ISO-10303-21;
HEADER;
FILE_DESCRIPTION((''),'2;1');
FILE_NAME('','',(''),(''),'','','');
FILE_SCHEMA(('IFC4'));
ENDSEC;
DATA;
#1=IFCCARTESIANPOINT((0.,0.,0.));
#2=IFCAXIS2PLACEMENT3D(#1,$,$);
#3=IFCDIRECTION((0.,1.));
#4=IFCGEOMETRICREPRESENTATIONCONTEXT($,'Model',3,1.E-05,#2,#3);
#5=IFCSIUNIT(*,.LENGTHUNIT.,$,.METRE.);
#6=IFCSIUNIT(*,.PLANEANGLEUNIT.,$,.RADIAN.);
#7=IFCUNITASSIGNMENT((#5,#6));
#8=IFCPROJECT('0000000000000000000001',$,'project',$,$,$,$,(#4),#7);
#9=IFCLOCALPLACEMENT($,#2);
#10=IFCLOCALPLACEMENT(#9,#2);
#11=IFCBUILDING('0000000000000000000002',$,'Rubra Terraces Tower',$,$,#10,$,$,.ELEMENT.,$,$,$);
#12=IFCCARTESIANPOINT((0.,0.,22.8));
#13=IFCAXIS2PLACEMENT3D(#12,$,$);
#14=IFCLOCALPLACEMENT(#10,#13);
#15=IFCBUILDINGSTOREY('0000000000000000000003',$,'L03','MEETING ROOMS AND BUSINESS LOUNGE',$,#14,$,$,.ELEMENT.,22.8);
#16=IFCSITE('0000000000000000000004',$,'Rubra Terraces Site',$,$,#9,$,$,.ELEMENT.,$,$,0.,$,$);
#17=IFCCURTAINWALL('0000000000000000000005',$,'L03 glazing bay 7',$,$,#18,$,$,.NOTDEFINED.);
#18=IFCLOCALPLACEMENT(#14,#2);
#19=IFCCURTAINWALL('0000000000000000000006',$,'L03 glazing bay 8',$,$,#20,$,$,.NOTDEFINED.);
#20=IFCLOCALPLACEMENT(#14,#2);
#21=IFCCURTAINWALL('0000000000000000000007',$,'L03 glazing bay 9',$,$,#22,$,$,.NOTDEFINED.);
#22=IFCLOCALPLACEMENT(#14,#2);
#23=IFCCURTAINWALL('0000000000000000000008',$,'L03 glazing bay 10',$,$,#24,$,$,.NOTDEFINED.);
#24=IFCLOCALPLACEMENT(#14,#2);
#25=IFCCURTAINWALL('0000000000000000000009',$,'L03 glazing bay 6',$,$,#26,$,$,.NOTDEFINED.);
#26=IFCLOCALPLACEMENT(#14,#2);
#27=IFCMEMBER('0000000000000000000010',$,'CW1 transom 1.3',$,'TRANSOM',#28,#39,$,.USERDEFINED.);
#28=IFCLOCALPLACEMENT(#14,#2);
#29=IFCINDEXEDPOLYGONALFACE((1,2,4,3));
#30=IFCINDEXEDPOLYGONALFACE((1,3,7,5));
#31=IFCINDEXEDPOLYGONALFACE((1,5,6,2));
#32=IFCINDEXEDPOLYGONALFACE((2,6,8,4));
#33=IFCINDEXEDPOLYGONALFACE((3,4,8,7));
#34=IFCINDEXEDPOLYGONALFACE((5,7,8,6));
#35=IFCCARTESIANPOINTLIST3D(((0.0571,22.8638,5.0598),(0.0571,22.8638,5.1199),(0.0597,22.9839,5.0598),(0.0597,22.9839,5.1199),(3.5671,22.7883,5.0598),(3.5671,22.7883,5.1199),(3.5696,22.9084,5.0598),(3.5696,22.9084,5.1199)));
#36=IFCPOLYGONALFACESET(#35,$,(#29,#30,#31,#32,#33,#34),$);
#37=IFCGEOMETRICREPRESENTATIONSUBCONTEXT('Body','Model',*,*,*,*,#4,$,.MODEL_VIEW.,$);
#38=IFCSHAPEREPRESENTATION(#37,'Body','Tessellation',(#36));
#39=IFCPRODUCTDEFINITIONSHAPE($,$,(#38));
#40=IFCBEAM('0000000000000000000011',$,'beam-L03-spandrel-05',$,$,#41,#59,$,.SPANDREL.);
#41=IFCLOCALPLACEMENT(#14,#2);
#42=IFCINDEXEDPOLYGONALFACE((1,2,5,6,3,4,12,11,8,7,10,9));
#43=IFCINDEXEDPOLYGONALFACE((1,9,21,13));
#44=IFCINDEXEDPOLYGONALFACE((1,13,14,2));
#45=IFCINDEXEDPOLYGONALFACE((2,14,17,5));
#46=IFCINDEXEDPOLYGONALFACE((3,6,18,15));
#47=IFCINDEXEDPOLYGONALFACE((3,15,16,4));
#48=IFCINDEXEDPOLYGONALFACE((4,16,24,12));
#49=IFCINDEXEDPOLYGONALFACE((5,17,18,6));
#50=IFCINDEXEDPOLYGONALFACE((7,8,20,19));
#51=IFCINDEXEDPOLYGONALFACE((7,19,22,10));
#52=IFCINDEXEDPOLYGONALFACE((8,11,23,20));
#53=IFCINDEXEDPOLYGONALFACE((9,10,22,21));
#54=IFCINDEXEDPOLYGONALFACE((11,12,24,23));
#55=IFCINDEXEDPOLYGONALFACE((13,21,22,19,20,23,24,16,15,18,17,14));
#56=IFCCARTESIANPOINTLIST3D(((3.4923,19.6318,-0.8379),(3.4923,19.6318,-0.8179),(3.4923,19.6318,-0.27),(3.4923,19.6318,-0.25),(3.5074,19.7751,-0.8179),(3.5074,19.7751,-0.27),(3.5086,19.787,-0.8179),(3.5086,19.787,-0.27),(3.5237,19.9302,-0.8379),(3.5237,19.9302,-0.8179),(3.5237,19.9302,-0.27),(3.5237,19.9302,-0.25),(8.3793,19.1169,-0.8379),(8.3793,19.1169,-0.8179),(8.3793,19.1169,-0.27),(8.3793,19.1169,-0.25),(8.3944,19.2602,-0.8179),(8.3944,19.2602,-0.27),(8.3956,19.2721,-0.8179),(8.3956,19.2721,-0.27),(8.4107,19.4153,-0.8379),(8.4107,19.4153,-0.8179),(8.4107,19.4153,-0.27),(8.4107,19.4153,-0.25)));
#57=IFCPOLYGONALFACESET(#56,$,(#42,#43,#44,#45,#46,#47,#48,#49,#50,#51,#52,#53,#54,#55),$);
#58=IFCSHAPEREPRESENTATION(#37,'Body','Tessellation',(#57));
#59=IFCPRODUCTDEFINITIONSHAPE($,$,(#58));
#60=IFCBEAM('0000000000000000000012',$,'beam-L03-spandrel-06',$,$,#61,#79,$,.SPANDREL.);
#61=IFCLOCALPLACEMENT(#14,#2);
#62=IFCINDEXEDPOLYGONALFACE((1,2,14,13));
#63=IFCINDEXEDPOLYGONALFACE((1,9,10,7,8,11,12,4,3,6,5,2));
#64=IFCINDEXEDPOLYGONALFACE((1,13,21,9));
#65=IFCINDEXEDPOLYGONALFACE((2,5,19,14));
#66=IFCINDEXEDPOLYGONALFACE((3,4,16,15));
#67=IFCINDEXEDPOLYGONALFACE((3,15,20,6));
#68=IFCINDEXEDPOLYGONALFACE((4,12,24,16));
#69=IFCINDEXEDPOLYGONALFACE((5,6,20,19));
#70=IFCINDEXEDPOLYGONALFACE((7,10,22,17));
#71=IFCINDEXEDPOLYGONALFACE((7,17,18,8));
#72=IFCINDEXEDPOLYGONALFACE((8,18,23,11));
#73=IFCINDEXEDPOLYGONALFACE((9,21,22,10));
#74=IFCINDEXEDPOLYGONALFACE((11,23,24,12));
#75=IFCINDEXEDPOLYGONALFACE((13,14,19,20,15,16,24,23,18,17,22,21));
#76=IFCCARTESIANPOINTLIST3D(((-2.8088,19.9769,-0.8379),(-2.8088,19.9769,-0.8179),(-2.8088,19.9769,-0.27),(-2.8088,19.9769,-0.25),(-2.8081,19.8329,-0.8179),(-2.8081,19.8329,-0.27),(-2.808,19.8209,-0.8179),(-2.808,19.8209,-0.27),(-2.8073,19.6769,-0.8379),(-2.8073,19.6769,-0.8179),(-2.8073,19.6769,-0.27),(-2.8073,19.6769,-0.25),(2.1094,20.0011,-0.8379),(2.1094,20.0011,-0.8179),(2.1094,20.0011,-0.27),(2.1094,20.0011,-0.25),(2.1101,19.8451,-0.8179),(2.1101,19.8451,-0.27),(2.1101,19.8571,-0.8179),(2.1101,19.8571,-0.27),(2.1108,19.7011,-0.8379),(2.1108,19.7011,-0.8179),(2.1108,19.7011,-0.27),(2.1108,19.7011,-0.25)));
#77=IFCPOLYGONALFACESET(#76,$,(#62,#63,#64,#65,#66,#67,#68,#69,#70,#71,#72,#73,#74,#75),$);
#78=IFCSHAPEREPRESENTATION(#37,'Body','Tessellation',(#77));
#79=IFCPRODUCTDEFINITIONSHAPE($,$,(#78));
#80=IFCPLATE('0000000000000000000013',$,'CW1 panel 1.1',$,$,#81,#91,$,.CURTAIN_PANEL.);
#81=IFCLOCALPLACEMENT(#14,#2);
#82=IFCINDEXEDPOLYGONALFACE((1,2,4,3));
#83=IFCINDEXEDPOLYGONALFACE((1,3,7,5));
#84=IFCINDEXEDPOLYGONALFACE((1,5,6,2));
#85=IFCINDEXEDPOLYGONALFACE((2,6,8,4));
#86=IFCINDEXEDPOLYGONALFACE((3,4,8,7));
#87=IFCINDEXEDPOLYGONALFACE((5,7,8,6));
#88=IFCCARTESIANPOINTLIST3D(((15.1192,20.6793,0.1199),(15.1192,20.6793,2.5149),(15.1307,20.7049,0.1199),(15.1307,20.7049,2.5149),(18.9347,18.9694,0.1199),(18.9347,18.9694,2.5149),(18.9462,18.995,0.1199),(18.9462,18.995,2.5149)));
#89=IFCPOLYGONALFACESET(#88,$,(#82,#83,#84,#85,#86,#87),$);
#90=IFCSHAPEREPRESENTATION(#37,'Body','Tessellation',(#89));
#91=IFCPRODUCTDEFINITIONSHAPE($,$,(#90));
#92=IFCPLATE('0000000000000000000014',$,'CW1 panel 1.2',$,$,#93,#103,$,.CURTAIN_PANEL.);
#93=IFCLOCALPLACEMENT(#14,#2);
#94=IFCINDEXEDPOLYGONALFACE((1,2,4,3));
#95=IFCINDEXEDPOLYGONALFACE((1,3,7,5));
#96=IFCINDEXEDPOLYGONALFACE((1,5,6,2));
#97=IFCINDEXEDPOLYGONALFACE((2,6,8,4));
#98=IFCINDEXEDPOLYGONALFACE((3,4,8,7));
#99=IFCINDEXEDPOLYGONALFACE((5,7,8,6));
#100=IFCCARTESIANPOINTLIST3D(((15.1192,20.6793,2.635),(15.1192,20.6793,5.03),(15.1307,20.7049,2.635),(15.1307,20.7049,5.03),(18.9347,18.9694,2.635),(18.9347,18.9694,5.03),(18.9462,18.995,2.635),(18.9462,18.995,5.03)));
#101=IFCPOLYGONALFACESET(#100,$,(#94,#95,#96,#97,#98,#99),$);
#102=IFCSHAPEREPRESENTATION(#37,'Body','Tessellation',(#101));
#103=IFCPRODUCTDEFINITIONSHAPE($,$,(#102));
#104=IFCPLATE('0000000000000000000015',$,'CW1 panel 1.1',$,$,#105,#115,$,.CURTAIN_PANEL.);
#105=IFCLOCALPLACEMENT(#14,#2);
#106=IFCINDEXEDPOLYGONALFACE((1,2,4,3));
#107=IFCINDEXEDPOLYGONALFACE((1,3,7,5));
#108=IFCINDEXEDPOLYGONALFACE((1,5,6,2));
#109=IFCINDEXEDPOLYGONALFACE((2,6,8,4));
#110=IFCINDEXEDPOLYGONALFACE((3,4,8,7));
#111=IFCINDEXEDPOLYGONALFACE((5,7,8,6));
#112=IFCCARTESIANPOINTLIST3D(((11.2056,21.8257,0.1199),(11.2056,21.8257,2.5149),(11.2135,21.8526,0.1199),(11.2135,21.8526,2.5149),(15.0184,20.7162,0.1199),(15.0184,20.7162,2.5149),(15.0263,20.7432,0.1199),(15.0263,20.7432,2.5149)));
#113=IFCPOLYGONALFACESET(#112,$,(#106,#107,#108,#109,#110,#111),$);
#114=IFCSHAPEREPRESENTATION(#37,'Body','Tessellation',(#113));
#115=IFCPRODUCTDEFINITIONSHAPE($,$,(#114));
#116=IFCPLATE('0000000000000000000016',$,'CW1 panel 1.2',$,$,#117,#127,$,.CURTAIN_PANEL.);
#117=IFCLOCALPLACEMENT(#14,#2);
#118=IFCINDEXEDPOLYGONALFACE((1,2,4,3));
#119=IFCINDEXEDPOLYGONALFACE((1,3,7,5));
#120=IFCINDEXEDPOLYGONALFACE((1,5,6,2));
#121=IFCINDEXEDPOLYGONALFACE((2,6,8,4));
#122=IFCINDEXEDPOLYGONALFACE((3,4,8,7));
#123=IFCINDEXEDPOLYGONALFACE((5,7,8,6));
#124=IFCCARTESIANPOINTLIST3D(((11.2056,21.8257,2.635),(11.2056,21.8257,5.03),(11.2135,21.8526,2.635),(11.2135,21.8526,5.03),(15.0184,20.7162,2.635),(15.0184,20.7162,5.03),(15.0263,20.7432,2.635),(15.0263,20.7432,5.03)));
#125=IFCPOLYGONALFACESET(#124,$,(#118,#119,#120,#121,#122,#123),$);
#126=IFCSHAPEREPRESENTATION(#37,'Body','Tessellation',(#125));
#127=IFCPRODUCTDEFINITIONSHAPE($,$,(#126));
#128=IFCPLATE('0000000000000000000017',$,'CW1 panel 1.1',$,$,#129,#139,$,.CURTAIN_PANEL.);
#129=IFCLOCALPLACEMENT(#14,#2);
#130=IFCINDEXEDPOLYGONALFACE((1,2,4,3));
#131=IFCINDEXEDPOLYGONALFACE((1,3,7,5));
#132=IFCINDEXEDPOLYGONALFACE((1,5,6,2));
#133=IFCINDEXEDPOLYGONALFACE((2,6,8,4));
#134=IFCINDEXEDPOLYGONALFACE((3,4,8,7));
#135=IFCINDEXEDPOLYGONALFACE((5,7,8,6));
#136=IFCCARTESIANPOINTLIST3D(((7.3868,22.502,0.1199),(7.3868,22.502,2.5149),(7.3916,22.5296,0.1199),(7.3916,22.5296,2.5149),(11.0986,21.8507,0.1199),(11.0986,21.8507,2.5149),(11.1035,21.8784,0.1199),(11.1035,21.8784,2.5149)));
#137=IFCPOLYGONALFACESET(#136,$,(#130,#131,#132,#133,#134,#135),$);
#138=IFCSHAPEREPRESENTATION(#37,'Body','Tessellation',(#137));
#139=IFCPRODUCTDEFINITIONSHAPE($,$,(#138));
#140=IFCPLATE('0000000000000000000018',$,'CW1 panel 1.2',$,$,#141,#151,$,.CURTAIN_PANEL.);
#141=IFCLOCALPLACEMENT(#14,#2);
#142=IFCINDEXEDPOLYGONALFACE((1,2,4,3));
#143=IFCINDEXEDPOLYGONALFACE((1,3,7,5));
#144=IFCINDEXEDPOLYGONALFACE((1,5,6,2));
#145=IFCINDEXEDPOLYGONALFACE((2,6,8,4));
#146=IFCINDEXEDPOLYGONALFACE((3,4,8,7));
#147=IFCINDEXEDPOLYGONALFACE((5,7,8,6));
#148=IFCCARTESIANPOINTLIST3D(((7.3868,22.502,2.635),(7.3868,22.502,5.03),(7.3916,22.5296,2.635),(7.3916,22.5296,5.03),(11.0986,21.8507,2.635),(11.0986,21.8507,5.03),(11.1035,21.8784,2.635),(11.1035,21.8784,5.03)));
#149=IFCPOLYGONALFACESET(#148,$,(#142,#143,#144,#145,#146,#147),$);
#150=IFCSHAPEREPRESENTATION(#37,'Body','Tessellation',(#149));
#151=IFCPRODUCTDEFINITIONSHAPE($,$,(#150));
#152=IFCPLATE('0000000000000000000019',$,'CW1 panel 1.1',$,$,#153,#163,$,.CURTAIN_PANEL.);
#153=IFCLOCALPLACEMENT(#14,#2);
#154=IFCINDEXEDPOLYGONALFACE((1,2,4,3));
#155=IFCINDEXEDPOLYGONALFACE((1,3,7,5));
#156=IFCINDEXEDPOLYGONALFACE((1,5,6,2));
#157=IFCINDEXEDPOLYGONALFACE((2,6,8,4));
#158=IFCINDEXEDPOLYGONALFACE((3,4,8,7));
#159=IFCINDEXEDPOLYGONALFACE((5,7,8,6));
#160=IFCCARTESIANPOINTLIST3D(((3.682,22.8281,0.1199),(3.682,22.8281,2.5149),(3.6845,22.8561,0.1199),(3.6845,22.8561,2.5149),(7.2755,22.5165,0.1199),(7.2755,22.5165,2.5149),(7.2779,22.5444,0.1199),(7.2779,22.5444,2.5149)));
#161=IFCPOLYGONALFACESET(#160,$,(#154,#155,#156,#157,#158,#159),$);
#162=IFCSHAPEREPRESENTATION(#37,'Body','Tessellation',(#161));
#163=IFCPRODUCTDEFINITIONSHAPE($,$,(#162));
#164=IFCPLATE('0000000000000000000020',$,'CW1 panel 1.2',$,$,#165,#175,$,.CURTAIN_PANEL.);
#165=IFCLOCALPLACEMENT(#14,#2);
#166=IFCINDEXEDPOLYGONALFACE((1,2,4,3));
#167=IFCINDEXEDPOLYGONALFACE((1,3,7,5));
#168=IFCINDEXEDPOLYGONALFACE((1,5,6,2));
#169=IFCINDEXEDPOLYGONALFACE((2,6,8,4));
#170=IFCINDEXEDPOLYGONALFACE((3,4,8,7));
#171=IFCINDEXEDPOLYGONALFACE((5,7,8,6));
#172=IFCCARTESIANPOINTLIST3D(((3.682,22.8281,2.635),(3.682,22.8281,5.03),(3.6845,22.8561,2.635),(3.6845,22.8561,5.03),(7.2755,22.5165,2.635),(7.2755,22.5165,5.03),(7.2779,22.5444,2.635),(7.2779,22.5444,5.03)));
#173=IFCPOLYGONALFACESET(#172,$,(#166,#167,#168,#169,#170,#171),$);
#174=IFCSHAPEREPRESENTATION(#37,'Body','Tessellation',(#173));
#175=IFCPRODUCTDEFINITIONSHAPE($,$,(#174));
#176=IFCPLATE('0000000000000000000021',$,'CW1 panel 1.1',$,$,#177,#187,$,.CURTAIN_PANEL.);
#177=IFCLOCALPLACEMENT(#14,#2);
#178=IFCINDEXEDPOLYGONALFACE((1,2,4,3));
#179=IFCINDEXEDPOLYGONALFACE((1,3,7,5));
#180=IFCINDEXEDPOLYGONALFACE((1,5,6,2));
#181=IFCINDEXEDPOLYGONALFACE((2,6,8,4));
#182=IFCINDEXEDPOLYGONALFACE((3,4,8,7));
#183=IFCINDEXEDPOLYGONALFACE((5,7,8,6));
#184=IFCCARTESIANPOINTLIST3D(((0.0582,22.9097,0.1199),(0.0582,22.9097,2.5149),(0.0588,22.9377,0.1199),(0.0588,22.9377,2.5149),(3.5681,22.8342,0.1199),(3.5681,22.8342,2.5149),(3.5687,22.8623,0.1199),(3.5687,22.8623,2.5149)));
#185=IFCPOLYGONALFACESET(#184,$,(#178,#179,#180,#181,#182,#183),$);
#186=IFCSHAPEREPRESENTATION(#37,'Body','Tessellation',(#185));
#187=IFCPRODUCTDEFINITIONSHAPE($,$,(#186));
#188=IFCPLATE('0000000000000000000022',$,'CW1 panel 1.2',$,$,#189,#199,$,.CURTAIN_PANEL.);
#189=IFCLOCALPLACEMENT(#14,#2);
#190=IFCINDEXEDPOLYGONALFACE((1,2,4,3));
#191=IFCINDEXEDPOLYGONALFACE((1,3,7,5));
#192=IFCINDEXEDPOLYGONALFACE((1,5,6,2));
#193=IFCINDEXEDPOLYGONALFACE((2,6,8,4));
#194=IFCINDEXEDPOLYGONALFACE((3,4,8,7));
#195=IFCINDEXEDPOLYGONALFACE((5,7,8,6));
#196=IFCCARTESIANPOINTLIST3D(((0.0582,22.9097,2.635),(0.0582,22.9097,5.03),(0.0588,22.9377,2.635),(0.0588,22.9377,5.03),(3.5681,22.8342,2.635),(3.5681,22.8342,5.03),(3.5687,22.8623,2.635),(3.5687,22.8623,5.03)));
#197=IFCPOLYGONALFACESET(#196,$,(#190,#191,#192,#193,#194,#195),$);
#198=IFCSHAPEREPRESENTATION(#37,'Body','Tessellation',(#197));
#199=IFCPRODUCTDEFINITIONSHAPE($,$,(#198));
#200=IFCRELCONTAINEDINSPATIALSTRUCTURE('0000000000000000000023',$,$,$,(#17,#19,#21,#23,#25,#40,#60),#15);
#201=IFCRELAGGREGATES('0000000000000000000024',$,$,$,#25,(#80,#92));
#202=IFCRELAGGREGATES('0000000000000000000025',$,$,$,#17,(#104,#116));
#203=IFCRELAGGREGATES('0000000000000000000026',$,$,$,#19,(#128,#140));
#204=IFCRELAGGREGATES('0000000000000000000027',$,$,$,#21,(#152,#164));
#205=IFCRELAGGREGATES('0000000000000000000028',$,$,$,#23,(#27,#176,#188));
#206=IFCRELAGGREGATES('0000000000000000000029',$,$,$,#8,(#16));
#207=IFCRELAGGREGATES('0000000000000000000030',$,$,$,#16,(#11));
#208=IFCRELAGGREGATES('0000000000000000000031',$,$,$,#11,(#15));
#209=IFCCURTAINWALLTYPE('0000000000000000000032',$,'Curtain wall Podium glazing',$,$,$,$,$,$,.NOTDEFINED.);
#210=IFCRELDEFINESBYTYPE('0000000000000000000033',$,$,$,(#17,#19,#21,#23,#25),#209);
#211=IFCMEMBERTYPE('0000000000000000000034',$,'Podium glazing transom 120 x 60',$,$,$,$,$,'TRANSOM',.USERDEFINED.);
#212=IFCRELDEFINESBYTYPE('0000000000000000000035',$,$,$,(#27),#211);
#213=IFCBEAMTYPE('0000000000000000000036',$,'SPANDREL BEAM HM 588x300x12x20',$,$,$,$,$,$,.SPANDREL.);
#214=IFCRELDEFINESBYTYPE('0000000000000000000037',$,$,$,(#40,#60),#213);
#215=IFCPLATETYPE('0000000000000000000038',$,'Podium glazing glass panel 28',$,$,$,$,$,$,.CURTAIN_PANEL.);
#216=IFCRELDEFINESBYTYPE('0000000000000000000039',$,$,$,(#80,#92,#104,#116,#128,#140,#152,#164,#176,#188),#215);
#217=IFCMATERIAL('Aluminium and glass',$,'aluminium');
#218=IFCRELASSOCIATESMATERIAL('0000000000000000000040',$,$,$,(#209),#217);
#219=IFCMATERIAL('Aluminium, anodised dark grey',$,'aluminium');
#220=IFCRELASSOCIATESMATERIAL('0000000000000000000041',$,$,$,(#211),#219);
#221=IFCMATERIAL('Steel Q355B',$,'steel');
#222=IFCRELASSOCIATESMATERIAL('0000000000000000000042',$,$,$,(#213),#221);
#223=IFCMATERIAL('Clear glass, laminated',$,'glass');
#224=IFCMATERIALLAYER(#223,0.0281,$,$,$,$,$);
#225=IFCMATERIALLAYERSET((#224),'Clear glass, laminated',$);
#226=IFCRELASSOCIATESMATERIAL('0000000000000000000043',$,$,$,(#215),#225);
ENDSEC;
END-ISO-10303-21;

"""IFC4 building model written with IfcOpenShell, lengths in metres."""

from ifc_helpers import new_model, si_unit, direction, frame, origin, origin_2d, place, context, subcontext, project, spatial, rectangle, i_section, extrude, material, layer, layer_set, material_profile, profile_set, type_object, element, aggregate, save


model = new_model("IFC4")

# Units and contexts
model_context = context("Model", 3, precision=1e-05, world=origin(), true_north=direction((0.0, 1.0)))
body_context = subcontext(model_context, "Body", "Model", "MODEL_VIEW")
ifc_project = project(units=[si_unit("LENGTHUNIT", "METRE"), si_unit("PLANEANGLEUNIT", "RADIAN")], contexts=[model_context])

# Site, building, storey
site_placement = place(None, origin())
site = spatial("IfcSite", under=ifc_project, at=site_placement, Name="Rubra Terraces Site", CompositionType="ELEMENT", RefElevation=0.0)
building_placement = place(site_placement, origin())
building = spatial("IfcBuilding", under=site, at=building_placement, Name="Rubra Terraces Tower", CompositionType="ELEMENT")
storey_placement = place(building_placement, frame((0.0, 0.0, 22.8)))
storey = spatial("IfcBuildingStorey", under=building, at=storey_placement, Name="L03", Description="MEETING ROOMS AND BUSINESS LOUNGE", CompositionType="ELEMENT", Elevation=22.8)

# Shared definitions
ifc_material_1 = material(Name="Steel Q355B", Category="steel")

# Curtain walls
ifc_material_2 = material(Name="Aluminium and glass", Category="aluminium")
curtain_wall_type = type_object("IfcCurtainWallType", Name="Curtain wall Podium glazing", PredefinedType="NOTDEFINED", material=ifc_material_2)
curtain_wall_1_placement = place(storey_placement, origin())
curtain_wall_1 = element("IfcCurtainWall", 1, at=curtain_wall_1_placement, inside=storey, type_object=curtain_wall_type, Name="L03 glazing bay 7", PredefinedType="NOTDEFINED")
ifc_material_3 = material(Name="Aluminium, anodised dark grey", Category="aluminium")
curtain_wall_2_placement = place(storey_placement, origin())
curtain_wall_2 = element("IfcCurtainWall", 2, at=curtain_wall_2_placement, inside=storey, type_object=curtain_wall_type, Name="L03 glazing bay 8", PredefinedType="NOTDEFINED")
curtain_wall_3_placement = place(storey_placement, origin())
curtain_wall_3 = element("IfcCurtainWall", 3, at=curtain_wall_3_placement, inside=storey, type_object=curtain_wall_type, Name="L03 glazing bay 9", PredefinedType="NOTDEFINED")
curtain_wall_4_placement = place(storey_placement, origin())
curtain_wall_4 = element("IfcCurtainWall", 4, at=curtain_wall_4_placement, inside=storey, type_object=curtain_wall_type, Name="L03 glazing bay 10", PredefinedType="NOTDEFINED")

# Curtain wall
curtain_wall_5_placement = place(storey_placement, origin())
curtain_wall_5 = element("IfcCurtainWall", 5, at=curtain_wall_5_placement, inside=storey, type_object=curtain_wall_type, Name="L03 glazing bay 6", PredefinedType="NOTDEFINED")
ifc_material_profile_1 = material_profile(ifc_material_3, rectangle(XDim=0.1201, YDim=0.0601, at=origin_2d()), Name="AL 120x60")
ifc_profile_set_1 = profile_set([ifc_material_profile_1], Name="Aluminium, anodised dark grey")
member_type_1 = type_object("IfcMemberType", Name="Podium glazing transom 120 x 60", ElementType="TRANSOM", PredefinedType="USERDEFINED", material=ifc_profile_set_1)

# Member
member_1_placement = place(storey_placement, frame((3.5684, 22.8484, 5.0898), z_axis=(-0.999769, 0.021488, 0.0), x_axis=(-0.021488, -0.999769, 0.0)))
member_1 = element("IfcMember", 6, at=member_1_placement, type_object=member_type_1, Name="CW1 transom 1.3", ObjectType="TRANSOM", PredefinedType="USERDEFINED", context=body_context, shape_type="SweptSolid", body=[
    extrude(rectangle(XDim=0.1201, YDim=0.0601, at=origin_2d()), origin(), (0.0, 0.0, 1.0), 3.5107),
])

# Beams
ifc_material_profile_2 = material_profile(ifc_material_1, i_section(OverallWidth=0.3, OverallDepth=0.5879, WebThickness=0.012, FlangeThickness=0.02, at=origin_2d()), Name="HM 588x300x12x20")
ifc_profile_set_2 = profile_set([ifc_material_profile_2], Name="Steel Q355B")
beam_type_1 = type_object("IfcBeamType", Name="SPANDREL BEAM HM 588x300x12x20", PredefinedType="SPANDREL", material=ifc_profile_set_2)
beam_1_placement = place(storey_placement, frame((8.395, 19.2661, -0.5439), z_axis=(-0.994495, 0.10478, 0.0), x_axis=(-0.10478, -0.994495, 0.0)))
element("IfcBeam", 7, at=beam_1_placement, inside=storey, type_object=beam_type_1, Name="beam-L03-spandrel-05", PredefinedType="SPANDREL", context=body_context, shape_type="SweptSolid", body=[
    extrude(i_section(OverallWidth=0.3, OverallDepth=0.5879, WebThickness=0.012, FlangeThickness=0.02, at=origin_2d()), origin(), (0.0, 0.0, 1.0), 4.9141),
])
beam_2_placement = place(storey_placement, frame((2.1101, 19.8511, -0.5439), z_axis=(-0.999988, -0.004914, 0.0), x_axis=(0.004914, -0.999988, 0.0)))
element("IfcBeam", 8, at=beam_2_placement, inside=storey, type_object=beam_type_1, Name="beam-L03-spandrel-06", PredefinedType="SPANDREL", context=body_context, shape_type="SweptSolid", body=[
    extrude(i_section(OverallWidth=0.3, OverallDepth=0.5879, WebThickness=0.012, FlangeThickness=0.02, at=origin_2d()), origin(), (0.0, 0.0, 1.0), 4.9182),
])

# Plates
ifc_material_4 = material(Name="Clear glass, laminated", Category="glass")
ifc_layer_1 = layer(ifc_material_4, 0.0281)
ifc_layer_set_1 = layer_set([ifc_layer_1], Name="Clear glass, laminated")
plate_type = type_object("IfcPlateType", Name="Podium glazing glass panel 28", PredefinedType="CURTAIN_PANEL", material=ifc_layer_set_1)
plate_1_placement = place(storey_placement, frame((17.0327, 19.8372, 0.1199), z_axis=(0.0, 0.0, 1.0), x_axis=(-0.912551, 0.408962, 0.0)))
plate_1 = element("IfcPlate", 9, at=plate_1_placement, type_object=plate_type, Name="CW1 panel 1.1", PredefinedType="CURTAIN_PANEL", context=body_context, shape_type="SweptSolid", body=[
    extrude(rectangle(XDim=4.1812, YDim=0.0281, at=origin_2d()), origin(), (0.0, 0.0, 1.0), 2.395),
])
plate_2_placement = place(storey_placement, frame((17.0327, 19.8372, 2.635), z_axis=(0.0, 0.0, 1.0), x_axis=(-0.912551, 0.408962, 0.0)))
plate_2 = element("IfcPlate", 10, at=plate_2_placement, type_object=plate_type, Name="CW1 panel 1.2", PredefinedType="CURTAIN_PANEL", context=body_context, shape_type="SweptSolid", body=[
    extrude(rectangle(XDim=4.1812, YDim=0.0281, at=origin_2d()), origin(), (0.0, 0.0, 1.0), 2.395),
])
aggregate(curtain_wall_5, [plate_1, plate_2])
plate_3_placement = place(storey_placement, frame((13.116, 21.2844, 0.1199), z_axis=(0.0, 0.0, 1.0), x_axis=(-0.960175, 0.279399, 0.0)))
plate_3 = element("IfcPlate", 11, at=plate_3_placement, type_object=plate_type, Name="CW1 panel 1.1", PredefinedType="CURTAIN_PANEL", context=body_context, shape_type="SweptSolid", body=[
    extrude(rectangle(XDim=3.9709, YDim=0.0281, at=origin_2d()), origin(), (0.0, 0.0, 1.0), 2.395),
])
plate_4_placement = place(storey_placement, frame((13.116, 21.2844, 2.635), z_axis=(0.0, 0.0, 1.0), x_axis=(-0.960175, 0.279399, 0.0)))
plate_4 = element("IfcPlate", 12, at=plate_4_placement, type_object=plate_type, Name="CW1 panel 1.2", PredefinedType="CURTAIN_PANEL", context=body_context, shape_type="SweptSolid", body=[
    extrude(rectangle(XDim=3.9709, YDim=0.0281, at=origin_2d()), origin(), (0.0, 0.0, 1.0), 2.395),
])
aggregate(curtain_wall_1, [plate_3, plate_4])
plate_5_placement = place(storey_placement, frame((9.2451, 22.1902, 0.1199), z_axis=(0.0, 0.0, 1.0), x_axis=(-0.984954, 0.172817, 0.0)))
plate_5 = element("IfcPlate", 13, at=plate_5_placement, type_object=plate_type, Name="CW1 panel 1.1", PredefinedType="CURTAIN_PANEL", context=body_context, shape_type="SweptSolid", body=[
    extrude(rectangle(XDim=3.7686, YDim=0.0281, at=origin_2d()), origin(), (0.0, 0.0, 1.0), 2.395),
])
plate_6_placement = place(storey_placement, frame((9.2451, 22.1902, 2.635), z_axis=(0.0, 0.0, 1.0), x_axis=(-0.984954, 0.172817, 0.0)))
plate_6 = element("IfcPlate", 14, at=plate_6_placement, type_object=plate_type, Name="CW1 panel 1.2", PredefinedType="CURTAIN_PANEL", context=body_context, shape_type="SweptSolid", body=[
    extrude(rectangle(XDim=3.7686, YDim=0.0281, at=origin_2d()), origin(), (0.0, 0.0, 1.0), 2.395),
])
aggregate(curtain_wall_2, [plate_5, plate_6])
plate_7_placement = place(storey_placement, frame((5.48, 22.6863, 0.1199), z_axis=(0.0, 0.0, 1.0), x_axis=(-0.996261, 0.086398, 0.0)))
plate_7 = element("IfcPlate", 15, at=plate_7_placement, type_object=plate_type, Name="CW1 panel 1.1", PredefinedType="CURTAIN_PANEL", context=body_context, shape_type="SweptSolid", body=[
    extrude(rectangle(XDim=3.6069, YDim=0.0281, at=origin_2d()), origin(), (0.0, 0.0, 1.0), 2.395),
])
plate_8_placement = place(storey_placement, frame((5.48, 22.6863, 2.635), z_axis=(0.0, 0.0, 1.0), x_axis=(-0.996261, 0.086398, 0.0)))
plate_8 = element("IfcPlate", 16, at=plate_8_placement, type_object=plate_type, Name="CW1 panel 1.2", PredefinedType="CURTAIN_PANEL", context=body_context, shape_type="SweptSolid", body=[
    extrude(rectangle(XDim=3.6069, YDim=0.0281, at=origin_2d()), origin(), (0.0, 0.0, 1.0), 2.395),
])
aggregate(curtain_wall_3, [plate_7, plate_8])
plate_9_placement = place(storey_placement, frame((1.8135, 22.886, 0.1199), z_axis=(0.0, 0.0, 1.0), x_axis=(-0.999769, 0.021483, 0.0)))
plate_9 = element("IfcPlate", 17, at=plate_9_placement, type_object=plate_type, Name="CW1 panel 1.1", PredefinedType="CURTAIN_PANEL", context=body_context, shape_type="SweptSolid", body=[
    extrude(rectangle(XDim=3.5107, YDim=0.0281, at=origin_2d()), origin(), (0.0, 0.0, 1.0), 2.395),
])
plate_10_placement = place(storey_placement, frame((1.8135, 22.886, 2.635), z_axis=(0.0, 0.0, 1.0), x_axis=(-0.999769, 0.021483, 0.0)))
plate_10 = element("IfcPlate", 18, at=plate_10_placement, type_object=plate_type, Name="CW1 panel 1.2", PredefinedType="CURTAIN_PANEL", context=body_context, shape_type="SweptSolid", body=[
    extrude(rectangle(XDim=3.5107, YDim=0.0281, at=origin_2d()), origin(), (0.0, 0.0, 1.0), 2.395),
])
aggregate(curtain_wall_4, [member_1, plate_9, plate_10])

save(model, "model.ifc")
